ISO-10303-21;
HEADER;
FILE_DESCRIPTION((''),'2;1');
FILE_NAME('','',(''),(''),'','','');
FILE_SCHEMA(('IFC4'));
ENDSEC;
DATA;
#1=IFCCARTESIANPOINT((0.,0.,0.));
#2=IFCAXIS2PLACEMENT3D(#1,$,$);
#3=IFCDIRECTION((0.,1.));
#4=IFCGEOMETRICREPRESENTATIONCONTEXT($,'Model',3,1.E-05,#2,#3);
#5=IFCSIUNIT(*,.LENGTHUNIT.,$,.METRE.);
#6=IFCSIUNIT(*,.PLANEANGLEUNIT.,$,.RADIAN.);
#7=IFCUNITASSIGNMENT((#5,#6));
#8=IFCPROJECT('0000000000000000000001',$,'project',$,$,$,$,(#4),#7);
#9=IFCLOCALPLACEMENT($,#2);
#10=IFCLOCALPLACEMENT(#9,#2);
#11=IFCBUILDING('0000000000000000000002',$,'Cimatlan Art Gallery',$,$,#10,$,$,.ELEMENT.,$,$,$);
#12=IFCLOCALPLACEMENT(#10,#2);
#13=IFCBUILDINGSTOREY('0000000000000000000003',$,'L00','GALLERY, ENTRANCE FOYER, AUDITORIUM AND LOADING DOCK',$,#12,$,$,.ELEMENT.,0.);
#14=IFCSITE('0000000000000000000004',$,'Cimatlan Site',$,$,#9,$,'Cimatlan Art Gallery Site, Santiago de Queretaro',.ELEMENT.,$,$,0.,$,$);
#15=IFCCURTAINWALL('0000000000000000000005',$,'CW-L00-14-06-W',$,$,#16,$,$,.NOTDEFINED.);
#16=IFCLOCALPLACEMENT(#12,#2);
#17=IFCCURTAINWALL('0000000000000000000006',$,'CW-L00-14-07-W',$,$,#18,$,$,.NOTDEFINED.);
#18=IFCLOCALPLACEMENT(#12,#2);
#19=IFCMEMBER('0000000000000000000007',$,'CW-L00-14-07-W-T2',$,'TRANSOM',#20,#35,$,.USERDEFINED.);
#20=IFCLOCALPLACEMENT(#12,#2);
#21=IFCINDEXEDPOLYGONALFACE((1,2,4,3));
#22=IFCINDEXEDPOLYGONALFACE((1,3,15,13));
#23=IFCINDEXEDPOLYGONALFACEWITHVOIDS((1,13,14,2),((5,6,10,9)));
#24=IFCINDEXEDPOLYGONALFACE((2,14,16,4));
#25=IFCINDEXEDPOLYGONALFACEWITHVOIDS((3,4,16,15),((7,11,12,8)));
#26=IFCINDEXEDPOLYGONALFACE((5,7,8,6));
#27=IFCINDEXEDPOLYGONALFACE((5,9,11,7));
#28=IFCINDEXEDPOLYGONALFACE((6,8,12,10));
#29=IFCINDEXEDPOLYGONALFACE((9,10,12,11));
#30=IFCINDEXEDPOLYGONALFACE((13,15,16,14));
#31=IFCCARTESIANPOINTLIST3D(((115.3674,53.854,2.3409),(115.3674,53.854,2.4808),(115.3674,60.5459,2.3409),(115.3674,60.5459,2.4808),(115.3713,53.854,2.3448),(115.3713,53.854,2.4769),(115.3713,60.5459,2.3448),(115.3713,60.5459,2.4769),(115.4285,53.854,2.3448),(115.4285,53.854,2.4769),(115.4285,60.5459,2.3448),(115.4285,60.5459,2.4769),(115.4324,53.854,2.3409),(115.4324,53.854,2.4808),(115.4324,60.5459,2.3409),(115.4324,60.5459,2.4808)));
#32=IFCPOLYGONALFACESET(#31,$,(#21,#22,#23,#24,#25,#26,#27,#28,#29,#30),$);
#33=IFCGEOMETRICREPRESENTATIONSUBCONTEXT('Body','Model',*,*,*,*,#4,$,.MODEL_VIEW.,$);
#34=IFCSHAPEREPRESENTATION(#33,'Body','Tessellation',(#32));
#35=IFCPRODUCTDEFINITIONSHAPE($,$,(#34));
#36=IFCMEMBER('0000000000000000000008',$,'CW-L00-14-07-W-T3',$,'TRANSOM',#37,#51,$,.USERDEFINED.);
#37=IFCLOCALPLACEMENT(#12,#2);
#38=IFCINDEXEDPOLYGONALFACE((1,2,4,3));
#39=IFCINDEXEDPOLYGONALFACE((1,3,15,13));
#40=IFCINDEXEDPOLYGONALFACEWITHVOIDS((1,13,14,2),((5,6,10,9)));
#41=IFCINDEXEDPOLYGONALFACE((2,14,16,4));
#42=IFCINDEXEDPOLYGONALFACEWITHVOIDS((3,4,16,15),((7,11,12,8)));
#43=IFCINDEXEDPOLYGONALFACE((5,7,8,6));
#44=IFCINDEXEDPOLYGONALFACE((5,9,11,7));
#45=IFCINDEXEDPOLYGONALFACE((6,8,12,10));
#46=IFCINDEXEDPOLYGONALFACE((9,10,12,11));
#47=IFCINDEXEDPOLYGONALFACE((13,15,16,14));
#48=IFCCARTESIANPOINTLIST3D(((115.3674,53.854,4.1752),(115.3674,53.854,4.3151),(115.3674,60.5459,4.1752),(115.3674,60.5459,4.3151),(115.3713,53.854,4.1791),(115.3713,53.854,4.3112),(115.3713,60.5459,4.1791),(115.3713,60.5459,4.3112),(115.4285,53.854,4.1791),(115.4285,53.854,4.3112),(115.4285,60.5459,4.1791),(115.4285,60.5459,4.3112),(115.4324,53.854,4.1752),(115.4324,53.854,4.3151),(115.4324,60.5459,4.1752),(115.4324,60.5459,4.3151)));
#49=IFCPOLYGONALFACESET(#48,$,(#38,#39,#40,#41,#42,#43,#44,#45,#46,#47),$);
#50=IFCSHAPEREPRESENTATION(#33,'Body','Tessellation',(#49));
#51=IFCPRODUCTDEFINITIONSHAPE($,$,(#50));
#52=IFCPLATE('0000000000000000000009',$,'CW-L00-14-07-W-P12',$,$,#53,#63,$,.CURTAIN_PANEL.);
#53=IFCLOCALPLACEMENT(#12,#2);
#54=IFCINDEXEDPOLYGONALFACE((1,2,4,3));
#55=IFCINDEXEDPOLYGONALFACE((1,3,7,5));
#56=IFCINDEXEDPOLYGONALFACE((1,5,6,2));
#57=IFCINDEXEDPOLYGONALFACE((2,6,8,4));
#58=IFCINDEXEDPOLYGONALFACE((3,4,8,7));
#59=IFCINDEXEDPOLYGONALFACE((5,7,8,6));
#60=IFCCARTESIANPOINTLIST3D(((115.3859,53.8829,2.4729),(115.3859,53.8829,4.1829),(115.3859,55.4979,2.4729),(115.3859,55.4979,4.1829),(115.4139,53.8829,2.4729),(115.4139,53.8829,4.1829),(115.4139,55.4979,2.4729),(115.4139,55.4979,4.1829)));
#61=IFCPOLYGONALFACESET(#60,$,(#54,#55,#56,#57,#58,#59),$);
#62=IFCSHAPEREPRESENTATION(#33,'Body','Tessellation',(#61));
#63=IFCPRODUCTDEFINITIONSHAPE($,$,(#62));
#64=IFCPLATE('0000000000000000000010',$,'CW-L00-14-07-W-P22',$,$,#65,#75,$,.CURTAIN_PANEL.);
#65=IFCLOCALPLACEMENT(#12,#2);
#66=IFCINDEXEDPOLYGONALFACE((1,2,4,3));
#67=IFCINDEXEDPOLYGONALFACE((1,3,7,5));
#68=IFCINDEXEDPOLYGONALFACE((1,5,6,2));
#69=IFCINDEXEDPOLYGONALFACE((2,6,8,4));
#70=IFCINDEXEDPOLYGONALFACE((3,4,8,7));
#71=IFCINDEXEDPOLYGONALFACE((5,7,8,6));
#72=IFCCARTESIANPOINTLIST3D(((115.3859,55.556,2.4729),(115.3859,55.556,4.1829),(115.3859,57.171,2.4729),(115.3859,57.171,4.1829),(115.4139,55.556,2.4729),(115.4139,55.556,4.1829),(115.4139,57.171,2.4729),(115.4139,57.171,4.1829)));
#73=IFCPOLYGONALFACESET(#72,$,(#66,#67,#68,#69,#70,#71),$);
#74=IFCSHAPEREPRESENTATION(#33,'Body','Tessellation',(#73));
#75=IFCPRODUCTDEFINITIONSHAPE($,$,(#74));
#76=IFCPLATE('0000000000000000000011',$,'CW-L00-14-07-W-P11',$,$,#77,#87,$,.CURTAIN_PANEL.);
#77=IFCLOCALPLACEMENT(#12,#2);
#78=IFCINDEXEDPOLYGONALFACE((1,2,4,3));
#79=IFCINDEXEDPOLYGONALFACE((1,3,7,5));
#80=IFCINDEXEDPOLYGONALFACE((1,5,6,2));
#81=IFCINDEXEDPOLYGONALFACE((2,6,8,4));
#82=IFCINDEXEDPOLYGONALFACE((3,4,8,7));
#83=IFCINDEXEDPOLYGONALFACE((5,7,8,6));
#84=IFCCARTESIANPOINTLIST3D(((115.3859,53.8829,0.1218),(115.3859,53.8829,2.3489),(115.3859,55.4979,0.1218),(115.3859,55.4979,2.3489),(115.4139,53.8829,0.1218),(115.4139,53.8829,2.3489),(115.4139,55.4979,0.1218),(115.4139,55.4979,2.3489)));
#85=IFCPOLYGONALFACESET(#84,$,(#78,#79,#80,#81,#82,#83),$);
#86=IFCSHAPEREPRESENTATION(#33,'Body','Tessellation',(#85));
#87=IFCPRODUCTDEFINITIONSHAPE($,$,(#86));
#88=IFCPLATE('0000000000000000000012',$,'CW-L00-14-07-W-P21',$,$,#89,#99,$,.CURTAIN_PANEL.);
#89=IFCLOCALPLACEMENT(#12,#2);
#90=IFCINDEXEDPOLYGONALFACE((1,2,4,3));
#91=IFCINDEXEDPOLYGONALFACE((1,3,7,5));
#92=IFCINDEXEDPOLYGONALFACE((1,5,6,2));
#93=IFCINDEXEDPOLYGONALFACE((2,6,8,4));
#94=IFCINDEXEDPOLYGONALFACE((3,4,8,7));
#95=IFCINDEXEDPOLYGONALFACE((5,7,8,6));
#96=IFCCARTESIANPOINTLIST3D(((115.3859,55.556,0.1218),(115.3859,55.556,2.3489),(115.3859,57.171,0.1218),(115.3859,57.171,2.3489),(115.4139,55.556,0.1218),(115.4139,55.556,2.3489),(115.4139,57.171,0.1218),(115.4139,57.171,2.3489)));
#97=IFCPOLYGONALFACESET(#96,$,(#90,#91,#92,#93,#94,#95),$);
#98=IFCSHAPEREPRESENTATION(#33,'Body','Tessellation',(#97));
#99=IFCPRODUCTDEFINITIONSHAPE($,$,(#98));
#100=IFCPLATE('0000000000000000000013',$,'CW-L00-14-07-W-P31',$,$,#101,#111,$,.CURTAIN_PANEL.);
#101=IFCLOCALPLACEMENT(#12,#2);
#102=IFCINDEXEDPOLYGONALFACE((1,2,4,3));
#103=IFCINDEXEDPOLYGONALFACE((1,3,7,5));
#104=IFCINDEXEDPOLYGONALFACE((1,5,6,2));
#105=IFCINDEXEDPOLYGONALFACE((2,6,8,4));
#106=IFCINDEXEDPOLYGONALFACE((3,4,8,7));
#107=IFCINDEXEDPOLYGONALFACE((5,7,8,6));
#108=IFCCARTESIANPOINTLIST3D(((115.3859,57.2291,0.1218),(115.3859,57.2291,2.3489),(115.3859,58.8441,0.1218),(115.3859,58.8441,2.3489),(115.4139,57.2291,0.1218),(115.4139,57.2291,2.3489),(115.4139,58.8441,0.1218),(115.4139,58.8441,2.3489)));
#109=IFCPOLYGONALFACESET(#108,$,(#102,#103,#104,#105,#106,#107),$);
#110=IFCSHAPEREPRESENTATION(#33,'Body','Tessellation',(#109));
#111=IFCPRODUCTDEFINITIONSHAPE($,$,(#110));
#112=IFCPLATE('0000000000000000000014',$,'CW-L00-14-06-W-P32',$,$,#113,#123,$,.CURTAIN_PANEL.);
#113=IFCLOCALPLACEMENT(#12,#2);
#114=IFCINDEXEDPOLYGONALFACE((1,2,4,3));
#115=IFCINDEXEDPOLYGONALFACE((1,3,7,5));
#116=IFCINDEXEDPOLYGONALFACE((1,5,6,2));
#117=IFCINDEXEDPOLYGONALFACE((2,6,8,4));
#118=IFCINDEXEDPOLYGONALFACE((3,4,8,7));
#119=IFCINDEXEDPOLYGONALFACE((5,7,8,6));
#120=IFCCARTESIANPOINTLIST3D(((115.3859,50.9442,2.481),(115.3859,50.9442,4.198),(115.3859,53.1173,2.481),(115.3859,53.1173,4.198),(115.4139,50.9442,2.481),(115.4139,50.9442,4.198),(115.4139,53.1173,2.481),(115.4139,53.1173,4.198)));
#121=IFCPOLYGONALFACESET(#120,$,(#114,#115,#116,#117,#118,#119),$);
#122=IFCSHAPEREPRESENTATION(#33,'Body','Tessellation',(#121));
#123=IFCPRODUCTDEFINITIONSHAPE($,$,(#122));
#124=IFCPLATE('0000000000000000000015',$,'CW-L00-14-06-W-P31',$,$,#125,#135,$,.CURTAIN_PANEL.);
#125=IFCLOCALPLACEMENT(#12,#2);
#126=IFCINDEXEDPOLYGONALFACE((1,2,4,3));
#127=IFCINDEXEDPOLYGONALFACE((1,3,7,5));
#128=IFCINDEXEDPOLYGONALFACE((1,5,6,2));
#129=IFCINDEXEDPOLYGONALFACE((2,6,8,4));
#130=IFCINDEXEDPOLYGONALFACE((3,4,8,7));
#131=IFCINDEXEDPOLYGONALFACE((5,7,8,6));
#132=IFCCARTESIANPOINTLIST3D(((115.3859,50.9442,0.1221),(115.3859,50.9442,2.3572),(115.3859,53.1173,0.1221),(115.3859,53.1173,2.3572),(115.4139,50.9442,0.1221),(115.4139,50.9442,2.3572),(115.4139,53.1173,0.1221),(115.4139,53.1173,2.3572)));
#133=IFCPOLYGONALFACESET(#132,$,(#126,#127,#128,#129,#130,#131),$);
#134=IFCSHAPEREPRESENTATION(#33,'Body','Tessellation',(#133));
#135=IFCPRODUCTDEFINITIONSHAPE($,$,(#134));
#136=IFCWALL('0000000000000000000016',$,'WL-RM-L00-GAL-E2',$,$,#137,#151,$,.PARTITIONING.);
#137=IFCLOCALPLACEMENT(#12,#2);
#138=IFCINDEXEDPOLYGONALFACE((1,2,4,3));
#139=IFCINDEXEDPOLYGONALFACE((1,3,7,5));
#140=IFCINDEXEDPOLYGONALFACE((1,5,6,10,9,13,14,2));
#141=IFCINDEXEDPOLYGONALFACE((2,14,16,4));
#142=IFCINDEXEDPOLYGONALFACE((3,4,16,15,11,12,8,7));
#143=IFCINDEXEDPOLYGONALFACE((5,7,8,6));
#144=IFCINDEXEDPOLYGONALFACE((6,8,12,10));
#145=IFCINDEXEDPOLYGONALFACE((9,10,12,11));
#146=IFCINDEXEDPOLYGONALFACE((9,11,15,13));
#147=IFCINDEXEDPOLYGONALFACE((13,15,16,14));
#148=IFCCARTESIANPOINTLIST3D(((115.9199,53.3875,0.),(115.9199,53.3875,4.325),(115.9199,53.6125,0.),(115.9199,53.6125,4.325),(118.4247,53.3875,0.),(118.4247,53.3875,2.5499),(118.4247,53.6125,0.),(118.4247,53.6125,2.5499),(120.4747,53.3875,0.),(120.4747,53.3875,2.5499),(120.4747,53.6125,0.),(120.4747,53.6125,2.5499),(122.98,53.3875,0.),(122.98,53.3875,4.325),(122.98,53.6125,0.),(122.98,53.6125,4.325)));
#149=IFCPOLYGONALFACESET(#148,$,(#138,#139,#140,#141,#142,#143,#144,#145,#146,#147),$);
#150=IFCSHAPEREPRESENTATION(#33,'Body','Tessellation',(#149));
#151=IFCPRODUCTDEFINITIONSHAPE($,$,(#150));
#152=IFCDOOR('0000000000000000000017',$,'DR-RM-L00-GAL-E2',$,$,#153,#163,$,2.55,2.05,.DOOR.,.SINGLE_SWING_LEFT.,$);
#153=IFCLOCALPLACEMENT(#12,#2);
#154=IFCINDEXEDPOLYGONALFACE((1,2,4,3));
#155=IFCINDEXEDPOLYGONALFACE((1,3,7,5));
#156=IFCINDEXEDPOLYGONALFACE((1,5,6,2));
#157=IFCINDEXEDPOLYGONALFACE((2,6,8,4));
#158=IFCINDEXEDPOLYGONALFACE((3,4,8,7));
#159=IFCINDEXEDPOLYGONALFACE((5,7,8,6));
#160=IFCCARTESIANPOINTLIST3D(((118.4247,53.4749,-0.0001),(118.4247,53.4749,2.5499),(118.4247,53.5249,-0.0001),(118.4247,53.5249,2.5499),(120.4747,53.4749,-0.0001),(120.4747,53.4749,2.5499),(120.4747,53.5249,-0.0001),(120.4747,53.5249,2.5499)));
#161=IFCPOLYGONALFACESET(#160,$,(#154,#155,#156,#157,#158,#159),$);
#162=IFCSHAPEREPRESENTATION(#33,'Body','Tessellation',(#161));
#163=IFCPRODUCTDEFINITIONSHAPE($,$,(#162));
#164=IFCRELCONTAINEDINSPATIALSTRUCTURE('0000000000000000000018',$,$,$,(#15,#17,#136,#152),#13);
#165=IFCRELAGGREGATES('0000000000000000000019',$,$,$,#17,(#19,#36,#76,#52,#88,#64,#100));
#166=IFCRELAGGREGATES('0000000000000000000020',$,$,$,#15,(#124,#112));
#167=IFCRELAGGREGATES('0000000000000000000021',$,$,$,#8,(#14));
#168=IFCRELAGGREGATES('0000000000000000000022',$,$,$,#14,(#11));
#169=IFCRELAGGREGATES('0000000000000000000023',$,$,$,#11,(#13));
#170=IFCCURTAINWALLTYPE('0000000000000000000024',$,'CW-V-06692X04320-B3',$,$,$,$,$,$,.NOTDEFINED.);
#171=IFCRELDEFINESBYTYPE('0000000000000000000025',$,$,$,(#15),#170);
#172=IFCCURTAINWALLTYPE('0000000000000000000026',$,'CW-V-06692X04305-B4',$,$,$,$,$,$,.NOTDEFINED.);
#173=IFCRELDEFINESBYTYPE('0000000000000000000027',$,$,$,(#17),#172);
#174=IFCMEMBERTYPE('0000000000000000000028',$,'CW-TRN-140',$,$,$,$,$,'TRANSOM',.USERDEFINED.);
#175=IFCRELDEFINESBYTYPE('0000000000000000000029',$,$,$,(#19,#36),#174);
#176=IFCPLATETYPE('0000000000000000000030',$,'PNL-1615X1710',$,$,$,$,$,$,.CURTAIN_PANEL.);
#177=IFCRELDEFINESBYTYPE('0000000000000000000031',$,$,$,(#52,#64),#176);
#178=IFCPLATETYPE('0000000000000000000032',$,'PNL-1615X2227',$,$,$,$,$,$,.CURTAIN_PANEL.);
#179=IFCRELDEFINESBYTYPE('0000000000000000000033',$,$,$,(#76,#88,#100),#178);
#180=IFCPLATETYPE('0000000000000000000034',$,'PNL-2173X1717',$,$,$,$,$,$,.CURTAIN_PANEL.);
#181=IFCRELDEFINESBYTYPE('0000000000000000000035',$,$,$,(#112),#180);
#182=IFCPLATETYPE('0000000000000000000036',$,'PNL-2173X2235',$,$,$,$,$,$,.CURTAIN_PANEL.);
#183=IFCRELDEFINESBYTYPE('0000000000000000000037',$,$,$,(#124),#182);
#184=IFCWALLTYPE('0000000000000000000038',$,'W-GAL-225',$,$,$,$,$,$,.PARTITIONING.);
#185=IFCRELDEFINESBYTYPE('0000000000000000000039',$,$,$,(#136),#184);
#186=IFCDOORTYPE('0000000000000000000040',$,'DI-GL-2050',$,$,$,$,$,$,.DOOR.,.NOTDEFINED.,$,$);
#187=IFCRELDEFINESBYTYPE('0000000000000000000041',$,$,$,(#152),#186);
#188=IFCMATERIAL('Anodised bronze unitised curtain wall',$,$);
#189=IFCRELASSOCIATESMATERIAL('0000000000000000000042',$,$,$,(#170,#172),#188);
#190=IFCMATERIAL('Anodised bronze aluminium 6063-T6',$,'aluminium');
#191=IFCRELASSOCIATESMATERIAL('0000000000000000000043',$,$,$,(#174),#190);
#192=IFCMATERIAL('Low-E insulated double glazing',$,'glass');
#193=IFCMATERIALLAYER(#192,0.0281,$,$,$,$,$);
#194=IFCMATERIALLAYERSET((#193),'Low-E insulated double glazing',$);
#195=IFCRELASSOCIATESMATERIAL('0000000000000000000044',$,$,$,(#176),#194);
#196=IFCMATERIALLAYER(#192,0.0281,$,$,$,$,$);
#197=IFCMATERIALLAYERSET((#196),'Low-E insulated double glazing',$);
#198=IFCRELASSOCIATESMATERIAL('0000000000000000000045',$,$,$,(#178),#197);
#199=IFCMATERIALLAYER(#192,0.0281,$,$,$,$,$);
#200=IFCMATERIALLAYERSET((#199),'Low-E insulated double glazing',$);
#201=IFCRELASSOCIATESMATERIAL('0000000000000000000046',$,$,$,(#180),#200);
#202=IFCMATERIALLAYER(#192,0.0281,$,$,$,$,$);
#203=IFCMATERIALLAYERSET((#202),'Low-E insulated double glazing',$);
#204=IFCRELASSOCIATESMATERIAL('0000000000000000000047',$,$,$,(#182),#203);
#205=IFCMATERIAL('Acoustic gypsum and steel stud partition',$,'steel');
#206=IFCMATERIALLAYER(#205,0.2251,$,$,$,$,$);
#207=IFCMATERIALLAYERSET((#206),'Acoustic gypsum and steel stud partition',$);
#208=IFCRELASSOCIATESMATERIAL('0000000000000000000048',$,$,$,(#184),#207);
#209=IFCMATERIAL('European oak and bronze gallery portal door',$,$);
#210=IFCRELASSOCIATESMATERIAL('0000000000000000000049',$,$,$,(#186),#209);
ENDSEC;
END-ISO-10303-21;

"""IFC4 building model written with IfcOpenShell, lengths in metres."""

from ifc_helpers import new_model, si_unit, direction, frame, frame_2d, origin, origin_2d, place, context, subcontext, project, spatial, rectangle, hollow_rectangle, extrude, material, layer, layer_set, material_profile, profile_set, type_object, element, fill, aggregate, save


model = new_model("IFC4")

# Units and contexts
model_context = context("Model", 3, precision=1e-05, world=origin(), true_north=direction((0.0, 1.0)))
body_context = subcontext(model_context, "Body", "Model", "MODEL_VIEW")
ifc_project = project(units=[si_unit("LENGTHUNIT", "METRE"), si_unit("PLANEANGLEUNIT", "RADIAN")], contexts=[model_context])

# Site, building, storey
site_placement = place(None, origin())
site = spatial("IfcSite", under=ifc_project, at=site_placement, Name="Cimatlan Site", LongName="Cimatlan Art Gallery Site, Santiago de Queretaro", CompositionType="ELEMENT", RefElevation=0.0)
building_placement = place(site_placement, origin())
building = spatial("IfcBuilding", under=site, at=building_placement, Name="Cimatlan Art Gallery", CompositionType="ELEMENT")
storey_placement = place(building_placement, origin())
storey = spatial("IfcBuildingStorey", under=building, at=storey_placement, Name="L00", Description="GALLERY, ENTRANCE FOYER, AUDITORIUM AND LOADING DOCK", CompositionType="ELEMENT", Elevation=0.0)

# Curtain wall
ifc_material_1 = material(Name="Anodised bronze unitised curtain wall")
curtain_wall_type_1 = type_object("IfcCurtainWallType", Name="CW-V-06692X04320-B3", PredefinedType="NOTDEFINED", material=ifc_material_1)
curtain_wall_1_placement = place(storey_placement, origin())
curtain_wall_1 = element("IfcCurtainWall", 1, at=curtain_wall_1_placement, inside=storey, type_object=curtain_wall_type_1, Name="CW-L00-14-06-W", PredefinedType="NOTDEFINED")
ifc_material_2 = material(Name="Anodised bronze aluminium 6063-T6", Category="aluminium")

# Curtain wall, members, plates
curtain_wall_type_2 = type_object("IfcCurtainWallType", Name="CW-V-06692X04305-B4", PredefinedType="NOTDEFINED", material=ifc_material_1)
curtain_wall_2_placement = place(storey_placement, origin())
curtain_wall_2 = element("IfcCurtainWall", 2, at=curtain_wall_2_placement, inside=storey, type_object=curtain_wall_type_2, Name="CW-L00-14-07-W", PredefinedType="NOTDEFINED")
ifc_material_profile_1 = material_profile(ifc_material_2, hollow_rectangle(XDim=0.0649, YDim=0.1399, WallThickness=0.0039, at=origin_2d()), Name="ALU65X140X4")
ifc_profile_set_1 = profile_set([ifc_material_profile_1], Name="Anodised bronze aluminium 6063-T6")
member_type_1 = type_object("IfcMemberType", Name="CW-TRN-140", ElementType="TRANSOM", PredefinedType="USERDEFINED", material=ifc_profile_set_1)
member_1_placement = place(storey_placement, frame((115.3999, 53.854, 2.4109), z_axis=(0.0, 1.0, 0.0), x_axis=(-1.0, 0.0, 0.0)))
member_1 = element("IfcMember", 3, at=member_1_placement, type_object=member_type_1, Name="CW-L00-14-07-W-T2", ObjectType="TRANSOM", PredefinedType="USERDEFINED", context=body_context, shape_type="SweptSolid", body=[
    extrude(hollow_rectangle(XDim=0.0649, YDim=0.1399, WallThickness=0.0039, at=origin_2d()), origin(), (0.0, 0.0, 1.0), 6.6919),
])
member_2_placement = place(storey_placement, frame((115.3999, 53.854, 4.2451), z_axis=(0.0, 1.0, 0.0), x_axis=(-1.0, 0.0, 0.0)))
member_2 = element("IfcMember", 4, at=member_2_placement, type_object=member_type_1, Name="CW-L00-14-07-W-T3", ObjectType="TRANSOM", PredefinedType="USERDEFINED", context=body_context, shape_type="SweptSolid", body=[
    extrude(hollow_rectangle(XDim=0.0649, YDim=0.1399, WallThickness=0.0039, at=origin_2d()), origin(), (0.0, 0.0, 1.0), 6.6919),
])
ifc_material_3 = material(Name="Low-E insulated double glazing", Category="glass")
ifc_layer_1 = layer(ifc_material_3, 0.0281)
ifc_layer_set_1 = layer_set([ifc_layer_1], Name="Low-E insulated double glazing")
plate_type_1 = type_object("IfcPlateType", Name="PNL-1615X1710", PredefinedType="CURTAIN_PANEL", material=ifc_layer_set_1)
plate_1_placement = place(storey_placement, frame((115.3999, 54.6904, 2.4729), z_axis=(0.0, 0.0, 1.0), x_axis=(0.0, 1.0, 0.0)))
plate_1 = element("IfcPlate", 5, at=plate_1_placement, type_object=plate_type_1, Name="CW-L00-14-07-W-P12", PredefinedType="CURTAIN_PANEL", context=body_context, shape_type="SweptSolid", body=[
    extrude(rectangle(XDim=1.615, YDim=0.0281, at=origin_2d()), origin(), (0.0, 0.0, 1.0), 1.71),
])
plate_2_placement = place(storey_placement, frame((115.3999, 56.3635, 2.4729), z_axis=(0.0, 0.0, 1.0), x_axis=(0.0, 1.0, 0.0)))
plate_2 = element("IfcPlate", 6, at=plate_2_placement, type_object=plate_type_1, Name="CW-L00-14-07-W-P22", PredefinedType="CURTAIN_PANEL", context=body_context, shape_type="SweptSolid", body=[
    extrude(rectangle(XDim=1.615, YDim=0.0281, at=origin_2d()), origin(), (0.0, 0.0, 1.0), 1.71),
])
ifc_layer_2 = layer(ifc_material_3, 0.0281)
ifc_layer_set_2 = layer_set([ifc_layer_2], Name="Low-E insulated double glazing")
plate_type_2 = type_object("IfcPlateType", Name="PNL-1615X2227", PredefinedType="CURTAIN_PANEL", material=ifc_layer_set_2)
plate_3_placement = place(storey_placement, frame((115.3999, 54.6904, 0.1218), z_axis=(0.0, 0.0, 1.0), x_axis=(0.0, 1.0, 0.0)))
plate_3 = element("IfcPlate", 7, at=plate_3_placement, type_object=plate_type_2, Name="CW-L00-14-07-W-P11", PredefinedType="CURTAIN_PANEL", context=body_context, shape_type="SweptSolid", body=[
    extrude(rectangle(XDim=1.615, YDim=0.0281, at=origin_2d()), origin(), (0.0, 0.0, 1.0), 2.2271),
])
plate_4_placement = place(storey_placement, frame((115.3999, 56.3635, 0.1218), z_axis=(0.0, 0.0, 1.0), x_axis=(0.0, 1.0, 0.0)))
plate_4 = element("IfcPlate", 8, at=plate_4_placement, type_object=plate_type_2, Name="CW-L00-14-07-W-P21", PredefinedType="CURTAIN_PANEL", context=body_context, shape_type="SweptSolid", body=[
    extrude(rectangle(XDim=1.615, YDim=0.0281, at=origin_2d()), origin(), (0.0, 0.0, 1.0), 2.2271),
])
plate_5_placement = place(storey_placement, frame((115.3999, 58.0366, 0.1218), z_axis=(0.0, 0.0, 1.0), x_axis=(0.0, 1.0, 0.0)))
plate_5 = element("IfcPlate", 9, at=plate_5_placement, type_object=plate_type_2, Name="CW-L00-14-07-W-P31", PredefinedType="CURTAIN_PANEL", context=body_context, shape_type="SweptSolid", body=[
    extrude(rectangle(XDim=1.615, YDim=0.0281, at=origin_2d()), origin(), (0.0, 0.0, 1.0), 2.2271),
])
aggregate(curtain_wall_2, [member_1, member_2, plate_3, plate_1, plate_4, plate_2, plate_5])

# Plates
ifc_layer_3 = layer(ifc_material_3, 0.0281)
ifc_layer_set_3 = layer_set([ifc_layer_3], Name="Low-E insulated double glazing")
plate_type_3 = type_object("IfcPlateType", Name="PNL-2173X1717", PredefinedType="CURTAIN_PANEL", material=ifc_layer_set_3)
plate_6_placement = place(storey_placement, frame((115.3999, 52.0308, 2.481), z_axis=(0.0, 0.0, 1.0), x_axis=(0.0, 1.0, 0.0)))
plate_6 = element("IfcPlate", 10, at=plate_6_placement, type_object=plate_type_3, Name="CW-L00-14-06-W-P32", PredefinedType="CURTAIN_PANEL", context=body_context, shape_type="SweptSolid", body=[
    extrude(rectangle(XDim=2.1731, YDim=0.0281, at=origin_2d()), origin(), (0.0, 0.0, 1.0), 1.717),
])
ifc_layer_4 = layer(ifc_material_3, 0.0281)
ifc_layer_set_4 = layer_set([ifc_layer_4], Name="Low-E insulated double glazing")
plate_type_4 = type_object("IfcPlateType", Name="PNL-2173X2235", PredefinedType="CURTAIN_PANEL", material=ifc_layer_set_4)
plate_7_placement = place(storey_placement, frame((115.3999, 52.0308, 0.1221), z_axis=(0.0, 0.0, 1.0), x_axis=(0.0, 1.0, 0.0)))
plate_7 = element("IfcPlate", 11, at=plate_7_placement, type_object=plate_type_4, Name="CW-L00-14-06-W-P31", PredefinedType="CURTAIN_PANEL", context=body_context, shape_type="SweptSolid", body=[
    extrude(rectangle(XDim=2.1731, YDim=0.0281, at=origin_2d()), origin(), (0.0, 0.0, 1.0), 2.2351),
])
aggregate(curtain_wall_1, [plate_7, plate_6])

# Wall, opening, door
ifc_material_4 = material(Name="Acoustic gypsum and steel stud partition", Category="steel")
ifc_layer_5 = layer(ifc_material_4, 0.2251)
ifc_layer_set_5 = layer_set([ifc_layer_5], Name="Acoustic gypsum and steel stud partition")
wall_type = type_object("IfcWallType", Name="W-GAL-225", PredefinedType="PARTITIONING", material=ifc_layer_set_5)
wall_placement = place(storey_placement, frame((115.9199, 53.5, 0.0), z_axis=(0.0, 0.0, 1.0), x_axis=(1.0, 0.0, 0.0)))
wall = element("IfcWall", 12, at=wall_placement, inside=storey, type_object=wall_type, Name="WL-RM-L00-GAL-E2", PredefinedType="PARTITIONING", context=body_context, shape_type="SweptSolid", body=[
    extrude(rectangle(XDim=7.0601, YDim=0.2251, at=frame_2d((3.53, 0.0))), origin(), (0.0, 0.0, 1.0), 4.325),
])
opening_placement = place(wall_placement, frame((2.5049, 0.0, 0.0)))
opening = element("IfcOpeningElement", 13, at=opening_placement, cuts=wall, PredefinedType="OPENING", context=body_context, shape_type="SweptSolid", body=[
    extrude(rectangle(XDim=2.05, YDim=2.55, at=frame_2d((1.0249, 1.2749))), frame((0.0, 0.1226, 0.0), z_axis=(0.0, -1.0, 0.0), x_axis=(1.0, 0.0, 0.0)), (0.0, 0.0, 1.0), 0.2451),
])
ifc_material_5 = material(Name="European oak and bronze gallery portal door")
door_type = type_object("IfcDoorType", Name="DI-GL-2050", OperationType="NOTDEFINED", PredefinedType="DOOR", material=ifc_material_5)
door_placement = place(opening_placement, origin())
door = element("IfcDoor", 14, at=door_placement, inside=storey, type_object=door_type, Name="DR-RM-L00-GAL-E2", OperationType="SINGLE_SWING_LEFT", OverallHeight=2.55, OverallWidth=2.05, PredefinedType="DOOR", context=body_context, shape_type="SweptSolid", body=[
    extrude(rectangle(XDim=2.05, YDim=2.55, at=frame_2d((1.0249, 1.2749))), frame((0.0, 0.0249, 0.0), z_axis=(0.0, -1.0, 0.0), x_axis=(1.0, 0.0, 0.0)), (0.0, 0.0, 1.0), 0.05),
])
fill(opening, door)

save(model, "model.ifc")
